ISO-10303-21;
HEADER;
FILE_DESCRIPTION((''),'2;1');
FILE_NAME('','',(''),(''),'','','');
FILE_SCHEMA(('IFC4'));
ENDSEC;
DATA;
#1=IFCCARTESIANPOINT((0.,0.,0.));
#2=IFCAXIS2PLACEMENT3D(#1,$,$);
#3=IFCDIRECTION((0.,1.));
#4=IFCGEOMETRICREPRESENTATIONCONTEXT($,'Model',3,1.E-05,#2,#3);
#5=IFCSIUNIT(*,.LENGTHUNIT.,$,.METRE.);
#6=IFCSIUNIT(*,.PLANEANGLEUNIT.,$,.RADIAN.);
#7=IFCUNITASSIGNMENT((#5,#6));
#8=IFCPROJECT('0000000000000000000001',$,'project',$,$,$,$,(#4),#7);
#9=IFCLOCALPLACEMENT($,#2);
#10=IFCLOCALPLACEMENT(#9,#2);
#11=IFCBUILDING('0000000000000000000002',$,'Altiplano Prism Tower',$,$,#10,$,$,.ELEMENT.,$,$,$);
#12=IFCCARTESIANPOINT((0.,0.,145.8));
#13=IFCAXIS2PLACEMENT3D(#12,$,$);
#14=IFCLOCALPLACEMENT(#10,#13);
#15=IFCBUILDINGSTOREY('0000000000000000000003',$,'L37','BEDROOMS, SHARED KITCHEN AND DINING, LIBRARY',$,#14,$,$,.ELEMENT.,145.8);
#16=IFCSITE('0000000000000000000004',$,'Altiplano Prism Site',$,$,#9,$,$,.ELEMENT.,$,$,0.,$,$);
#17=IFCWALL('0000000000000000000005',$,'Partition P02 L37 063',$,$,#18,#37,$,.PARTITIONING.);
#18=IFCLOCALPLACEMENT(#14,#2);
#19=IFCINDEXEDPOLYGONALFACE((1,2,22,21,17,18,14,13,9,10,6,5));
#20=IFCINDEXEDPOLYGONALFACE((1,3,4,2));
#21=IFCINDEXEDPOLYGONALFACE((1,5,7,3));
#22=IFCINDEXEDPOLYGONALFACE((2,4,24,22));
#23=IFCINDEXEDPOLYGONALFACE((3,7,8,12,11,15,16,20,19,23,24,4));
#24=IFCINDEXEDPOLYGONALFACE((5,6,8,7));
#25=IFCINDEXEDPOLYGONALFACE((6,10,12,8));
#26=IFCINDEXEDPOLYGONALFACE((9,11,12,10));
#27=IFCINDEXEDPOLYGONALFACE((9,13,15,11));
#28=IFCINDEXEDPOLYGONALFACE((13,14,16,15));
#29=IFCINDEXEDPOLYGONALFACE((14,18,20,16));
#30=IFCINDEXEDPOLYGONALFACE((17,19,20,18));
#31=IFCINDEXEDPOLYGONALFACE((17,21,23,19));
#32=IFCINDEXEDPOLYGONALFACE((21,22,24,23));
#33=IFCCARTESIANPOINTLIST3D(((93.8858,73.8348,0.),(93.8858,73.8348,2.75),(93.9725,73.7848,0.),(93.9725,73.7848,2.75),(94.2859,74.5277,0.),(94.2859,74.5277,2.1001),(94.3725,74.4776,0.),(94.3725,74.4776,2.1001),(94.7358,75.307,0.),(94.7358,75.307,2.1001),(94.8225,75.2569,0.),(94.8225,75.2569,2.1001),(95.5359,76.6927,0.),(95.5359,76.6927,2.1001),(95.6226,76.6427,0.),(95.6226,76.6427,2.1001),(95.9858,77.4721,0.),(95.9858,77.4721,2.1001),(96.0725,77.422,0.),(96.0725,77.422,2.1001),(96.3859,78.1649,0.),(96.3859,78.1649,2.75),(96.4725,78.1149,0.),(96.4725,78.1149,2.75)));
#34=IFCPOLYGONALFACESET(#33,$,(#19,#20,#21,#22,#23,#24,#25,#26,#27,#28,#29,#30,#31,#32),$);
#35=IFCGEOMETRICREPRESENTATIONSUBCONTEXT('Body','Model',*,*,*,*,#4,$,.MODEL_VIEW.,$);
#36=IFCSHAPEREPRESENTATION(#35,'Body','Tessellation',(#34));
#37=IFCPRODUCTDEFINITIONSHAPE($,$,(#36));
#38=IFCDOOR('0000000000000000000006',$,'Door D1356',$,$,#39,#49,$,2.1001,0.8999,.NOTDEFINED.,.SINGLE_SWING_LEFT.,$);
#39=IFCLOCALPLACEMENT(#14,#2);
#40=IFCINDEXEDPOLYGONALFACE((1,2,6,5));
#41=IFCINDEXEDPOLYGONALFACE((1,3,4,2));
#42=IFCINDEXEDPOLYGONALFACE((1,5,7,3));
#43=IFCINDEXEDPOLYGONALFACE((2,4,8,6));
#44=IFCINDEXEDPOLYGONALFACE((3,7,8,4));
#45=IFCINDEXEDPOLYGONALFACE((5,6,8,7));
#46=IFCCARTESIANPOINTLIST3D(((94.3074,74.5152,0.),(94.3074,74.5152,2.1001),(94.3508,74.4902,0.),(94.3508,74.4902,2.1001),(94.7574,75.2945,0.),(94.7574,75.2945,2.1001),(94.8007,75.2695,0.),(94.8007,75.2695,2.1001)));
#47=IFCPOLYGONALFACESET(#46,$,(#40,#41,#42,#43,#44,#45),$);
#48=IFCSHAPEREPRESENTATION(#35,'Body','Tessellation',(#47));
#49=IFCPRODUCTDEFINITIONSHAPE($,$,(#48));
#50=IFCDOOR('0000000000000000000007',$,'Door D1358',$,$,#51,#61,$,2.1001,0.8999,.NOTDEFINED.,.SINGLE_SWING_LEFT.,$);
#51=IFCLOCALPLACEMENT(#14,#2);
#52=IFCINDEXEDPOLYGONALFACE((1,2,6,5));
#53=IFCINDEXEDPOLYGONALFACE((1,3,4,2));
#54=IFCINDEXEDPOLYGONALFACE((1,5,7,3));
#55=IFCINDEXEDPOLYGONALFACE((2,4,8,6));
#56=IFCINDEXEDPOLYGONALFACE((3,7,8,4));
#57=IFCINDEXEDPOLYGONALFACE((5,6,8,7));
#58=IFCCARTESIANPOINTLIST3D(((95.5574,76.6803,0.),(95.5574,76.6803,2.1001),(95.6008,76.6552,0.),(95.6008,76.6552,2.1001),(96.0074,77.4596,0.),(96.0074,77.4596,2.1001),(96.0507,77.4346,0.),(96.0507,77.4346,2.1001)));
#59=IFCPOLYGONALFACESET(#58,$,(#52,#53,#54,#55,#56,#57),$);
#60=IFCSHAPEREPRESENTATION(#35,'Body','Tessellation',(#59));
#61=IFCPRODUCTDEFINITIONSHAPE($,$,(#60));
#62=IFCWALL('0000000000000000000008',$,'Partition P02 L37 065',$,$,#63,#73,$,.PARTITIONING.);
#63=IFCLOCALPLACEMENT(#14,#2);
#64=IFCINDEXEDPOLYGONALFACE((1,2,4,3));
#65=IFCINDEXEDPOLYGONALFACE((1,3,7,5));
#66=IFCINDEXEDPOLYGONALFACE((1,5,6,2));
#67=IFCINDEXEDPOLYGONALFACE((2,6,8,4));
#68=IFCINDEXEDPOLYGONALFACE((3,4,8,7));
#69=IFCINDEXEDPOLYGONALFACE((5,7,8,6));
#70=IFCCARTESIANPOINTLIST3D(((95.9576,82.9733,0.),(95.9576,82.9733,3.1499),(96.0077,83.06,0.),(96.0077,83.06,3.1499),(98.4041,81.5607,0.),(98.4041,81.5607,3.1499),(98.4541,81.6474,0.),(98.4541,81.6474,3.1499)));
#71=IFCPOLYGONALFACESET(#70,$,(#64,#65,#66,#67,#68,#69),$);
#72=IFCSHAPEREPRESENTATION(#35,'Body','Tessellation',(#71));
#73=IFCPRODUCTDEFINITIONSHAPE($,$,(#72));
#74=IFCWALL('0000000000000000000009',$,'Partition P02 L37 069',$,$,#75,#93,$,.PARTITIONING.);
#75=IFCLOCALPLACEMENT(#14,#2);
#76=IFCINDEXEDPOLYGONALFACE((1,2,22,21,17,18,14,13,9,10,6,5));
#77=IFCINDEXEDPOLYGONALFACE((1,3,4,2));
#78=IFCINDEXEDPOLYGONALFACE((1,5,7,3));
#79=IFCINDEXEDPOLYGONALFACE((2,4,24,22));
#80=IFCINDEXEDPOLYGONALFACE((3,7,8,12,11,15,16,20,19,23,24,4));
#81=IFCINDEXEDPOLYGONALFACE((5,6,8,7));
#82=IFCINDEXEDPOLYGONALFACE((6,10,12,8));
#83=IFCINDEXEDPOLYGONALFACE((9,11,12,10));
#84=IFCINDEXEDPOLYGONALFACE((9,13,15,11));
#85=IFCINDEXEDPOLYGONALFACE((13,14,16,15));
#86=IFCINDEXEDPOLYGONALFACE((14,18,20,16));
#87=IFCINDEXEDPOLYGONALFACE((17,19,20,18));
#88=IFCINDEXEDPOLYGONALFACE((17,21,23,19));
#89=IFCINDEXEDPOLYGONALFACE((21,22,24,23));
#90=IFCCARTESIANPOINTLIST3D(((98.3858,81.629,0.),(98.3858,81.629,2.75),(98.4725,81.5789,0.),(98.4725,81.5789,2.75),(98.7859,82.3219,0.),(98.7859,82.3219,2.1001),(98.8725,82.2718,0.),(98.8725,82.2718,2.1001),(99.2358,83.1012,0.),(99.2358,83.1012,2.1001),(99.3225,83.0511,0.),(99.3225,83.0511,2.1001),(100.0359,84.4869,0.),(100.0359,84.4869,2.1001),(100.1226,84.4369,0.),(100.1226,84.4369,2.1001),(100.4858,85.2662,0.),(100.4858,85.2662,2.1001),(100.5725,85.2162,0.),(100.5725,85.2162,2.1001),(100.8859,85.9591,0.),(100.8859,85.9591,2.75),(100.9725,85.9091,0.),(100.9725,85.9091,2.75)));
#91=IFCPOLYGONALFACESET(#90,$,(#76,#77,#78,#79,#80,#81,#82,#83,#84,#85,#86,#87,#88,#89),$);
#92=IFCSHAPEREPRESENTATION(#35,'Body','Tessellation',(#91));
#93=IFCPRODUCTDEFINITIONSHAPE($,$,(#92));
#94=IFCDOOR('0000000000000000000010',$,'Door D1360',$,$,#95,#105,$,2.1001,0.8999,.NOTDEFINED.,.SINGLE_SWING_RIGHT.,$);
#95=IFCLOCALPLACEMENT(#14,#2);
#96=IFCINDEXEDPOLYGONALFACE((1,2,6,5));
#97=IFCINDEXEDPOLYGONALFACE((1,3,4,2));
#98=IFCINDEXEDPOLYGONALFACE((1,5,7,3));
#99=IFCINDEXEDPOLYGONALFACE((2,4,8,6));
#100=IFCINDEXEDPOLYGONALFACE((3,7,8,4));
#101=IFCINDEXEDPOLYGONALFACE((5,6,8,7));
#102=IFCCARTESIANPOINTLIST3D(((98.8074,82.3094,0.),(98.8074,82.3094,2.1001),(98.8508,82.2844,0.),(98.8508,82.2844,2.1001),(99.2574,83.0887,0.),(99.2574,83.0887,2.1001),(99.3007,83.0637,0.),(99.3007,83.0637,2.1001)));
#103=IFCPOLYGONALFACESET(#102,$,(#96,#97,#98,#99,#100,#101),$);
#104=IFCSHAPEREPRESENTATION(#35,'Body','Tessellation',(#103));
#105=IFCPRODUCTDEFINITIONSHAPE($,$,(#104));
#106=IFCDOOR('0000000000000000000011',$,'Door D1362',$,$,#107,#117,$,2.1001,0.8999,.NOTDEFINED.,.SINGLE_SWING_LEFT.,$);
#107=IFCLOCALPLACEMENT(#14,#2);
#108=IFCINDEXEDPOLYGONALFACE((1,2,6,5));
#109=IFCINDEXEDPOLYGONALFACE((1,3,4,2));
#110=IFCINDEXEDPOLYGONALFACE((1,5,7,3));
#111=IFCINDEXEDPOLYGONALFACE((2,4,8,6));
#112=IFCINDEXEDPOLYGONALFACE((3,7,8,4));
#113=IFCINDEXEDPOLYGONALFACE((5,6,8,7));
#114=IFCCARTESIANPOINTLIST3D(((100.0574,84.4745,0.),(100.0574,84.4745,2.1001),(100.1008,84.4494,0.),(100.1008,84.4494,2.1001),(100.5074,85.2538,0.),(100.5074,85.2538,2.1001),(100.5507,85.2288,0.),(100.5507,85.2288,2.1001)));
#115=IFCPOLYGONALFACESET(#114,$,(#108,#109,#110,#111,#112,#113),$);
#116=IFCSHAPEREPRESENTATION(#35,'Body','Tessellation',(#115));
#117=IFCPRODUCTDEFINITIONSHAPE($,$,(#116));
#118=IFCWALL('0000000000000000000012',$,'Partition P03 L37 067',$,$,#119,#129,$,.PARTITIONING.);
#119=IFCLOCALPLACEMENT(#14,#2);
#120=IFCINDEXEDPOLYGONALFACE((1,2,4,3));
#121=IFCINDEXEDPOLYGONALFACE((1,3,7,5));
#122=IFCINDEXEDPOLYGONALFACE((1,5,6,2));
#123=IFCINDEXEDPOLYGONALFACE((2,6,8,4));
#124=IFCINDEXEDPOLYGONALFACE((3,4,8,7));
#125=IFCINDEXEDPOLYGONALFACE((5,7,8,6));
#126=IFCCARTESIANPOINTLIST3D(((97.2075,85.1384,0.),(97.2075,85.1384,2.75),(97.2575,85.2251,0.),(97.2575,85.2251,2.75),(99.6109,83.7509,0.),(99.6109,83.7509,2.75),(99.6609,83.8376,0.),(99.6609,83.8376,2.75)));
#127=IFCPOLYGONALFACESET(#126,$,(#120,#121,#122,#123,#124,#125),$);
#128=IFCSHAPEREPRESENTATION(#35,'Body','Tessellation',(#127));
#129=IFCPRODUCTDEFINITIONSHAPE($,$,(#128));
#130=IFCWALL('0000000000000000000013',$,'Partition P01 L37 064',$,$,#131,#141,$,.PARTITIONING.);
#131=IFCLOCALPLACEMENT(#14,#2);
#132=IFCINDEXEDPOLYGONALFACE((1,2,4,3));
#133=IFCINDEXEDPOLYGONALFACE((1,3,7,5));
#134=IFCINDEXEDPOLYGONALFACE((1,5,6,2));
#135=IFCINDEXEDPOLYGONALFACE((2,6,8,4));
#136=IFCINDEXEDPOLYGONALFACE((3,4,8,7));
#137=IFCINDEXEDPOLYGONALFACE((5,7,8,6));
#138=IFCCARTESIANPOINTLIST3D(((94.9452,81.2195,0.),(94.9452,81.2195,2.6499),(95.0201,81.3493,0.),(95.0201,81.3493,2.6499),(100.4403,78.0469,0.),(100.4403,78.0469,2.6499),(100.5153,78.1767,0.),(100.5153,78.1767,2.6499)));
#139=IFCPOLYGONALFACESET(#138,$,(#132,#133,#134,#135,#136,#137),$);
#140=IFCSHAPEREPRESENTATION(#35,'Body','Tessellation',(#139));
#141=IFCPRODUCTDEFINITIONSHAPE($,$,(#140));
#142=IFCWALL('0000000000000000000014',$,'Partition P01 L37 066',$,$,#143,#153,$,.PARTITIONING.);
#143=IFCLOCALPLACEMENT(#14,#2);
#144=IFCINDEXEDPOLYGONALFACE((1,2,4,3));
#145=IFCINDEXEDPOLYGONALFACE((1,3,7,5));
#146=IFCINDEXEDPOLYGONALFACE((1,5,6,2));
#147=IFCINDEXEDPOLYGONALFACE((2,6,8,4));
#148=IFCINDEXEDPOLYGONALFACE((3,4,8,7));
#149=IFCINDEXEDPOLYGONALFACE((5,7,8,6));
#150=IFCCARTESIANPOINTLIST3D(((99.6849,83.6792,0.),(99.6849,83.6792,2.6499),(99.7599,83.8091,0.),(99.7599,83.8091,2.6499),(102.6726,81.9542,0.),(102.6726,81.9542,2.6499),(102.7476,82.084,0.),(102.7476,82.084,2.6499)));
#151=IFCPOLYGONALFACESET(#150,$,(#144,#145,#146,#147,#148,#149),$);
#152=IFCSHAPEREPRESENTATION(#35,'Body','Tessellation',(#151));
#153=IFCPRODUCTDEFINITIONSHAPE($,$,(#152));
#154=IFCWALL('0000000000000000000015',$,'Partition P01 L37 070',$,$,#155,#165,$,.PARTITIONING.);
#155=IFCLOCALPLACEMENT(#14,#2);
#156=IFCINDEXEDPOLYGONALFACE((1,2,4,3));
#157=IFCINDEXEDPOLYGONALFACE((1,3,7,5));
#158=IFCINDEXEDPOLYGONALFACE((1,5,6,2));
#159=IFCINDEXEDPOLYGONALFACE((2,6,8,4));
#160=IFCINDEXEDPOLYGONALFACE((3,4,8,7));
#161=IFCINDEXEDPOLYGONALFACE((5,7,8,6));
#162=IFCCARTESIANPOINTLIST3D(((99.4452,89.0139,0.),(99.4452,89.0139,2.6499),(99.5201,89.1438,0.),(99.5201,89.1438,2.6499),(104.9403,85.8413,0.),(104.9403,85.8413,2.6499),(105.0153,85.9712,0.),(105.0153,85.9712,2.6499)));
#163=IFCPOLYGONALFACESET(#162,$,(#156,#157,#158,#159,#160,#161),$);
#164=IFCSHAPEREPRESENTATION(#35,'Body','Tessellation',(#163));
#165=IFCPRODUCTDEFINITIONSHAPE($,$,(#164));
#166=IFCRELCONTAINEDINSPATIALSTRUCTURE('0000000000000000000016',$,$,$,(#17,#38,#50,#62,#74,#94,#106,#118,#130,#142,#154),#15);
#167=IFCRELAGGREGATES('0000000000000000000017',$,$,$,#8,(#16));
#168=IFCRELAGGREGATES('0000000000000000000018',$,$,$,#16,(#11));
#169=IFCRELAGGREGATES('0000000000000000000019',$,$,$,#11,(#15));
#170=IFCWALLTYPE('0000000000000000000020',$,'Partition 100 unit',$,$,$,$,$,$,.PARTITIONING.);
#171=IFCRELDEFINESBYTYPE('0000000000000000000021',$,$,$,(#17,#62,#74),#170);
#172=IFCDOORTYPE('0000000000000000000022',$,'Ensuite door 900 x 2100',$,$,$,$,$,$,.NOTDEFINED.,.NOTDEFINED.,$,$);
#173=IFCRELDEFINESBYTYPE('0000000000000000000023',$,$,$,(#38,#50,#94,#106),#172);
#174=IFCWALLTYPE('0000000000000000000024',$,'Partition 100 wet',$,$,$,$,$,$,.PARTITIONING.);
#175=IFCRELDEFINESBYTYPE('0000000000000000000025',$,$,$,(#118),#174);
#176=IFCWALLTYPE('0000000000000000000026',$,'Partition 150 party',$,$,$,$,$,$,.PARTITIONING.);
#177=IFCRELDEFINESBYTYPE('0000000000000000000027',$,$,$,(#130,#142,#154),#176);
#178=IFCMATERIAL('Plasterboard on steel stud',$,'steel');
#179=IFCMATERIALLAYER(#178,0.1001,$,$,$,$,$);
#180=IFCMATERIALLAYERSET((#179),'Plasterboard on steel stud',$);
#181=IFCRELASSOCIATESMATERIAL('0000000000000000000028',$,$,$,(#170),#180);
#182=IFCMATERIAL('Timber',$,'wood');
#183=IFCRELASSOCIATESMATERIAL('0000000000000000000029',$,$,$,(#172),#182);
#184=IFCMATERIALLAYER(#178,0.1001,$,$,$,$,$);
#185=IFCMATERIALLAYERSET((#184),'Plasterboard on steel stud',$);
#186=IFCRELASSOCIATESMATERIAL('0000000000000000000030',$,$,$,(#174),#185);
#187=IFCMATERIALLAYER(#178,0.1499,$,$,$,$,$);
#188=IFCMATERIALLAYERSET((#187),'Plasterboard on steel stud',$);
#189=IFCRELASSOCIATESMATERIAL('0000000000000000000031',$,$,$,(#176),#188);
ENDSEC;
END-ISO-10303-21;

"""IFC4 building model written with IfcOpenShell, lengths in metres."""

from ifc_helpers import new_model, si_unit, direction, frame, frame_2d, origin, place, context, subcontext, project, spatial, rectangle, extrude, material, layer, layer_set, type_object, element, fill, save


model = new_model("IFC4")

# Units and contexts
model_context = context("Model", 3, precision=1e-05, world=origin(), true_north=direction((0.0, 1.0)))
body_context = subcontext(model_context, "Body", "Model", "MODEL_VIEW")
ifc_project = project(units=[si_unit("LENGTHUNIT", "METRE"), si_unit("PLANEANGLEUNIT", "RADIAN")], contexts=[model_context])

# Site, building, storey
site_placement = place(None, origin())
site = spatial("IfcSite", under=ifc_project, at=site_placement, Name="Altiplano Prism Site", CompositionType="ELEMENT", RefElevation=0.0)
building_placement = place(site_placement, origin())
building = spatial("IfcBuilding", under=site, at=building_placement, Name="Altiplano Prism Tower", CompositionType="ELEMENT")
storey_placement = place(building_placement, frame((0.0, 0.0, 145.8)))
storey = spatial("IfcBuildingStorey", under=building, at=storey_placement, Name="L37", Description="BEDROOMS, SHARED KITCHEN AND DINING, LIBRARY", CompositionType="ELEMENT", Elevation=145.8)

# Shared definitions
ifc_material_1 = material(Name="Plasterboard on steel stud", Category="steel")
ifc_layer_1 = layer(ifc_material_1, 0.1001)
ifc_layer_set_1 = layer_set([ifc_layer_1], Name="Plasterboard on steel stud")
wall_type_1 = type_object("IfcWallType", Name="Partition 100 unit", PredefinedType="PARTITIONING", material=ifc_layer_set_1)

# Wall, openings, doors
wall_1_placement = place(storey_placement, frame((96.4292, 78.1399, 0.0), z_axis=(0.0, 0.0, 1.0), x_axis=(-0.500004, -0.866023, 0.0)))
wall_1 = element("IfcWall", 1, at=wall_1_placement, inside=storey, type_object=wall_type_1, Name="Partition P02 L37 063", PredefinedType="PARTITIONING", context=body_context, shape_type="SweptSolid", body=[
    extrude(rectangle(XDim=5.0, YDim=0.1001, at=frame_2d((2.5, 0.0))), origin(), (0.0, 0.0, 1.0), 2.75),
])
opening_1_placement = place(wall_1_placement, frame((3.3, 0.0, 0.0)))
opening_1 = element("IfcOpeningElement", 2, at=opening_1_placement, cuts=wall_1, PredefinedType="OPENING", context=body_context, shape_type="SweptSolid", body=[
    extrude(rectangle(XDim=0.8999, YDim=2.1001, at=frame_2d((0.45, 1.05))), frame((0.0, 0.0605, 0.0), z_axis=(0.0, -1.0, 0.0), x_axis=(1.0, 0.0, 0.0)), (0.0, 0.0, 1.0), 0.1211),
])
opening_2_placement = place(wall_1_placement, frame((0.8, 0.0, 0.0)))
opening_2 = element("IfcOpeningElement", 3, at=opening_2_placement, cuts=wall_1, PredefinedType="OPENING", context=body_context, shape_type="SweptSolid", body=[
    extrude(rectangle(XDim=0.8999, YDim=2.1001, at=frame_2d((0.45, 1.05))), frame((0.0, 0.0605, 0.0), z_axis=(0.0, -1.0, 0.0), x_axis=(1.0, 0.0, 0.0)), (0.0, 0.0, 1.0), 0.1211),
])
ifc_material_2 = material(Name="Timber", Category="wood")
door_type = type_object("IfcDoorType", Name="Ensuite door 900 x 2100", OperationType="NOTDEFINED", PredefinedType="NOTDEFINED", material=ifc_material_2)
door_1_placement = place(opening_1_placement, origin())
door_1 = element("IfcDoor", 4, at=door_1_placement, inside=storey, type_object=door_type, Name="Door D1356", OperationType="SINGLE_SWING_LEFT", OverallHeight=2.1001, OverallWidth=0.8999, PredefinedType="NOTDEFINED", context=body_context, shape_type="SweptSolid", body=[
    extrude(rectangle(XDim=0.8999, YDim=2.1001, at=frame_2d((0.45, 1.05))), frame((0.0, 0.0249, 0.0), z_axis=(0.0, -1.0, 0.0), x_axis=(1.0, 0.0, 0.0)), (0.0, 0.0, 1.0), 0.05),
])
fill(opening_1, door_1)
door_2_placement = place(opening_2_placement, origin())
door_2 = element("IfcDoor", 5, at=door_2_placement, inside=storey, type_object=door_type, Name="Door D1358", OperationType="SINGLE_SWING_LEFT", OverallHeight=2.1001, OverallWidth=0.8999, PredefinedType="NOTDEFINED", context=body_context, shape_type="SweptSolid", body=[
    extrude(rectangle(XDim=0.8999, YDim=2.1001, at=frame_2d((0.45, 1.05))), frame((0.0, 0.0249, 0.0), z_axis=(0.0, -1.0, 0.0), x_axis=(1.0, 0.0, 0.0)), (0.0, 0.0, 1.0), 0.05),
])
fill(opening_2, door_2)

# Wall
wall_2_placement = place(storey_placement, frame((98.4292, 81.604, 0.0), z_axis=(0.0, 0.0, 1.0), x_axis=(-0.866011, 0.500024, 0.0)))
element("IfcWall", 6, at=wall_2_placement, inside=storey, type_object=wall_type_1, Name="Partition P02 L37 065", PredefinedType="PARTITIONING", context=body_context, shape_type="SweptSolid", body=[
    extrude(rectangle(XDim=2.825, YDim=0.1001, at=frame_2d((1.4126, 0.0))), origin(), (0.0, 0.0, 1.0), 3.1499),
])

# Wall, openings, doors
wall_3_placement = place(storey_placement, frame((100.9292, 85.9341, 0.0), z_axis=(0.0, 0.0, 1.0), x_axis=(-0.500004, -0.866023, 0.0)))
wall_3 = element("IfcWall", 7, at=wall_3_placement, inside=storey, type_object=wall_type_1, Name="Partition P02 L37 069", PredefinedType="PARTITIONING", context=body_context, shape_type="SweptSolid", body=[
    extrude(rectangle(XDim=5.0, YDim=0.1001, at=frame_2d((2.5, 0.0))), origin(), (0.0, 0.0, 1.0), 2.75),
])
opening_3_placement = place(wall_3_placement, frame((3.3, 0.0, 0.0)))
opening_3 = element("IfcOpeningElement", 8, at=opening_3_placement, cuts=wall_3, PredefinedType="OPENING", context=body_context, shape_type="SweptSolid", body=[
    extrude(rectangle(XDim=0.8999, YDim=2.1001, at=frame_2d((0.45, 1.05))), frame((0.0, 0.0605, 0.0), z_axis=(0.0, -1.0, 0.0), x_axis=(1.0, 0.0, 0.0)), (0.0, 0.0, 1.0), 0.1211),
])
opening_4_placement = place(wall_3_placement, frame((0.8, 0.0, 0.0)))
opening_4 = element("IfcOpeningElement", 9, at=opening_4_placement, cuts=wall_3, PredefinedType="OPENING", context=body_context, shape_type="SweptSolid", body=[
    extrude(rectangle(XDim=0.8999, YDim=2.1001, at=frame_2d((0.45, 1.05))), frame((0.0, 0.0605, 0.0), z_axis=(0.0, -1.0, 0.0), x_axis=(1.0, 0.0, 0.0)), (0.0, 0.0, 1.0), 0.1211),
])
door_3_placement = place(opening_3_placement, origin())
door_3 = element("IfcDoor", 10, at=door_3_placement, inside=storey, type_object=door_type, Name="Door D1360", OperationType="SINGLE_SWING_RIGHT", OverallHeight=2.1001, OverallWidth=0.8999, PredefinedType="NOTDEFINED", context=body_context, shape_type="SweptSolid", body=[
    extrude(rectangle(XDim=0.8999, YDim=2.1001, at=frame_2d((0.45, 1.05))), frame((0.0, 0.0249, 0.0), z_axis=(0.0, -1.0, 0.0), x_axis=(1.0, 0.0, 0.0)), (0.0, 0.0, 1.0), 0.05),
])
fill(opening_3, door_3)
door_4_placement = place(opening_4_placement, origin())
door_4 = element("IfcDoor", 11, at=door_4_placement, inside=storey, type_object=door_type, Name="Door D1362", OperationType="SINGLE_SWING_LEFT", OverallHeight=2.1001, OverallWidth=0.8999, PredefinedType="NOTDEFINED", context=body_context, shape_type="SweptSolid", body=[
    extrude(rectangle(XDim=0.8999, YDim=2.1001, at=frame_2d((0.45, 1.05))), frame((0.0, 0.0249, 0.0), z_axis=(0.0, -1.0, 0.0), x_axis=(1.0, 0.0, 0.0)), (0.0, 0.0, 1.0), 0.05),
])
fill(opening_4, door_4)

# Walls
ifc_layer_2 = layer(ifc_material_1, 0.1001)
ifc_layer_set_2 = layer_set([ifc_layer_2], Name="Plasterboard on steel stud")
wall_type_2 = type_object("IfcWallType", Name="Partition 100 wet", PredefinedType="PARTITIONING", material=ifc_layer_set_2)
wall_4_placement = place(storey_placement, frame((99.636, 83.7942, 0.0), z_axis=(0.0, 0.0, 1.0), x_axis=(-0.866042, 0.499971, 0.0)))
element("IfcWall", 12, at=wall_4_placement, inside=storey, type_object=wall_type_2, Name="Partition P03 L37 067", PredefinedType="PARTITIONING", context=body_context, shape_type="SweptSolid", body=[
    extrude(rectangle(XDim=2.7751, YDim=0.1001, at=frame_2d((1.3877, 0.0))), origin(), (0.0, 0.0, 1.0), 2.75),
])
ifc_layer_3 = layer(ifc_material_1, 0.1499)
ifc_layer_set_3 = layer_set([ifc_layer_3], Name="Plasterboard on steel stud")
wall_type_3 = type_object("IfcWallType", Name="Partition 150 party", PredefinedType="PARTITIONING", material=ifc_layer_set_3)
wall_5_placement = place(storey_placement, frame((100.4778, 78.1118, 0.0), z_axis=(0.0, 0.0, 1.0), x_axis=(-0.866025, 0.5, 0.0)))
element("IfcWall", 13, at=wall_5_placement, inside=storey, type_object=wall_type_3, Name="Partition P01 L37 064", PredefinedType="PARTITIONING", context=body_context, shape_type="SweptSolid", body=[
    extrude(rectangle(XDim=6.3452, YDim=0.1499, at=frame_2d((3.1726, 0.0))), origin(), (0.0, 0.0, 1.0), 2.6499),
])
wall_6_placement = place(storey_placement, frame((102.7102, 82.019, 0.0), z_axis=(0.0, 0.0, 1.0), x_axis=(-0.866014, 0.500021, 0.0)))
element("IfcWall", 14, at=wall_6_placement, inside=storey, type_object=wall_type_3, Name="Partition P01 L37 066", PredefinedType="PARTITIONING", context=body_context, shape_type="SweptSolid", body=[
    extrude(rectangle(XDim=3.45, YDim=0.1499, at=frame_2d((1.7251, 0.0))), origin(), (0.0, 0.0, 1.0), 2.6499),
])
wall_7_placement = place(storey_placement, frame((104.9778, 85.9062, 0.0), z_axis=(0.0, 0.0, 1.0), x_axis=(-0.866025, 0.5, 0.0)))
element("IfcWall", 15, at=wall_7_placement, inside=storey, type_object=wall_type_3, Name="Partition P01 L37 070", PredefinedType="PARTITIONING", context=body_context, shape_type="SweptSolid", body=[
    extrude(rectangle(XDim=6.3452, YDim=0.1499, at=frame_2d((3.1726, 0.0))), origin(), (0.0, 0.0, 1.0), 2.6499),
])

save(model, "model.ifc")
